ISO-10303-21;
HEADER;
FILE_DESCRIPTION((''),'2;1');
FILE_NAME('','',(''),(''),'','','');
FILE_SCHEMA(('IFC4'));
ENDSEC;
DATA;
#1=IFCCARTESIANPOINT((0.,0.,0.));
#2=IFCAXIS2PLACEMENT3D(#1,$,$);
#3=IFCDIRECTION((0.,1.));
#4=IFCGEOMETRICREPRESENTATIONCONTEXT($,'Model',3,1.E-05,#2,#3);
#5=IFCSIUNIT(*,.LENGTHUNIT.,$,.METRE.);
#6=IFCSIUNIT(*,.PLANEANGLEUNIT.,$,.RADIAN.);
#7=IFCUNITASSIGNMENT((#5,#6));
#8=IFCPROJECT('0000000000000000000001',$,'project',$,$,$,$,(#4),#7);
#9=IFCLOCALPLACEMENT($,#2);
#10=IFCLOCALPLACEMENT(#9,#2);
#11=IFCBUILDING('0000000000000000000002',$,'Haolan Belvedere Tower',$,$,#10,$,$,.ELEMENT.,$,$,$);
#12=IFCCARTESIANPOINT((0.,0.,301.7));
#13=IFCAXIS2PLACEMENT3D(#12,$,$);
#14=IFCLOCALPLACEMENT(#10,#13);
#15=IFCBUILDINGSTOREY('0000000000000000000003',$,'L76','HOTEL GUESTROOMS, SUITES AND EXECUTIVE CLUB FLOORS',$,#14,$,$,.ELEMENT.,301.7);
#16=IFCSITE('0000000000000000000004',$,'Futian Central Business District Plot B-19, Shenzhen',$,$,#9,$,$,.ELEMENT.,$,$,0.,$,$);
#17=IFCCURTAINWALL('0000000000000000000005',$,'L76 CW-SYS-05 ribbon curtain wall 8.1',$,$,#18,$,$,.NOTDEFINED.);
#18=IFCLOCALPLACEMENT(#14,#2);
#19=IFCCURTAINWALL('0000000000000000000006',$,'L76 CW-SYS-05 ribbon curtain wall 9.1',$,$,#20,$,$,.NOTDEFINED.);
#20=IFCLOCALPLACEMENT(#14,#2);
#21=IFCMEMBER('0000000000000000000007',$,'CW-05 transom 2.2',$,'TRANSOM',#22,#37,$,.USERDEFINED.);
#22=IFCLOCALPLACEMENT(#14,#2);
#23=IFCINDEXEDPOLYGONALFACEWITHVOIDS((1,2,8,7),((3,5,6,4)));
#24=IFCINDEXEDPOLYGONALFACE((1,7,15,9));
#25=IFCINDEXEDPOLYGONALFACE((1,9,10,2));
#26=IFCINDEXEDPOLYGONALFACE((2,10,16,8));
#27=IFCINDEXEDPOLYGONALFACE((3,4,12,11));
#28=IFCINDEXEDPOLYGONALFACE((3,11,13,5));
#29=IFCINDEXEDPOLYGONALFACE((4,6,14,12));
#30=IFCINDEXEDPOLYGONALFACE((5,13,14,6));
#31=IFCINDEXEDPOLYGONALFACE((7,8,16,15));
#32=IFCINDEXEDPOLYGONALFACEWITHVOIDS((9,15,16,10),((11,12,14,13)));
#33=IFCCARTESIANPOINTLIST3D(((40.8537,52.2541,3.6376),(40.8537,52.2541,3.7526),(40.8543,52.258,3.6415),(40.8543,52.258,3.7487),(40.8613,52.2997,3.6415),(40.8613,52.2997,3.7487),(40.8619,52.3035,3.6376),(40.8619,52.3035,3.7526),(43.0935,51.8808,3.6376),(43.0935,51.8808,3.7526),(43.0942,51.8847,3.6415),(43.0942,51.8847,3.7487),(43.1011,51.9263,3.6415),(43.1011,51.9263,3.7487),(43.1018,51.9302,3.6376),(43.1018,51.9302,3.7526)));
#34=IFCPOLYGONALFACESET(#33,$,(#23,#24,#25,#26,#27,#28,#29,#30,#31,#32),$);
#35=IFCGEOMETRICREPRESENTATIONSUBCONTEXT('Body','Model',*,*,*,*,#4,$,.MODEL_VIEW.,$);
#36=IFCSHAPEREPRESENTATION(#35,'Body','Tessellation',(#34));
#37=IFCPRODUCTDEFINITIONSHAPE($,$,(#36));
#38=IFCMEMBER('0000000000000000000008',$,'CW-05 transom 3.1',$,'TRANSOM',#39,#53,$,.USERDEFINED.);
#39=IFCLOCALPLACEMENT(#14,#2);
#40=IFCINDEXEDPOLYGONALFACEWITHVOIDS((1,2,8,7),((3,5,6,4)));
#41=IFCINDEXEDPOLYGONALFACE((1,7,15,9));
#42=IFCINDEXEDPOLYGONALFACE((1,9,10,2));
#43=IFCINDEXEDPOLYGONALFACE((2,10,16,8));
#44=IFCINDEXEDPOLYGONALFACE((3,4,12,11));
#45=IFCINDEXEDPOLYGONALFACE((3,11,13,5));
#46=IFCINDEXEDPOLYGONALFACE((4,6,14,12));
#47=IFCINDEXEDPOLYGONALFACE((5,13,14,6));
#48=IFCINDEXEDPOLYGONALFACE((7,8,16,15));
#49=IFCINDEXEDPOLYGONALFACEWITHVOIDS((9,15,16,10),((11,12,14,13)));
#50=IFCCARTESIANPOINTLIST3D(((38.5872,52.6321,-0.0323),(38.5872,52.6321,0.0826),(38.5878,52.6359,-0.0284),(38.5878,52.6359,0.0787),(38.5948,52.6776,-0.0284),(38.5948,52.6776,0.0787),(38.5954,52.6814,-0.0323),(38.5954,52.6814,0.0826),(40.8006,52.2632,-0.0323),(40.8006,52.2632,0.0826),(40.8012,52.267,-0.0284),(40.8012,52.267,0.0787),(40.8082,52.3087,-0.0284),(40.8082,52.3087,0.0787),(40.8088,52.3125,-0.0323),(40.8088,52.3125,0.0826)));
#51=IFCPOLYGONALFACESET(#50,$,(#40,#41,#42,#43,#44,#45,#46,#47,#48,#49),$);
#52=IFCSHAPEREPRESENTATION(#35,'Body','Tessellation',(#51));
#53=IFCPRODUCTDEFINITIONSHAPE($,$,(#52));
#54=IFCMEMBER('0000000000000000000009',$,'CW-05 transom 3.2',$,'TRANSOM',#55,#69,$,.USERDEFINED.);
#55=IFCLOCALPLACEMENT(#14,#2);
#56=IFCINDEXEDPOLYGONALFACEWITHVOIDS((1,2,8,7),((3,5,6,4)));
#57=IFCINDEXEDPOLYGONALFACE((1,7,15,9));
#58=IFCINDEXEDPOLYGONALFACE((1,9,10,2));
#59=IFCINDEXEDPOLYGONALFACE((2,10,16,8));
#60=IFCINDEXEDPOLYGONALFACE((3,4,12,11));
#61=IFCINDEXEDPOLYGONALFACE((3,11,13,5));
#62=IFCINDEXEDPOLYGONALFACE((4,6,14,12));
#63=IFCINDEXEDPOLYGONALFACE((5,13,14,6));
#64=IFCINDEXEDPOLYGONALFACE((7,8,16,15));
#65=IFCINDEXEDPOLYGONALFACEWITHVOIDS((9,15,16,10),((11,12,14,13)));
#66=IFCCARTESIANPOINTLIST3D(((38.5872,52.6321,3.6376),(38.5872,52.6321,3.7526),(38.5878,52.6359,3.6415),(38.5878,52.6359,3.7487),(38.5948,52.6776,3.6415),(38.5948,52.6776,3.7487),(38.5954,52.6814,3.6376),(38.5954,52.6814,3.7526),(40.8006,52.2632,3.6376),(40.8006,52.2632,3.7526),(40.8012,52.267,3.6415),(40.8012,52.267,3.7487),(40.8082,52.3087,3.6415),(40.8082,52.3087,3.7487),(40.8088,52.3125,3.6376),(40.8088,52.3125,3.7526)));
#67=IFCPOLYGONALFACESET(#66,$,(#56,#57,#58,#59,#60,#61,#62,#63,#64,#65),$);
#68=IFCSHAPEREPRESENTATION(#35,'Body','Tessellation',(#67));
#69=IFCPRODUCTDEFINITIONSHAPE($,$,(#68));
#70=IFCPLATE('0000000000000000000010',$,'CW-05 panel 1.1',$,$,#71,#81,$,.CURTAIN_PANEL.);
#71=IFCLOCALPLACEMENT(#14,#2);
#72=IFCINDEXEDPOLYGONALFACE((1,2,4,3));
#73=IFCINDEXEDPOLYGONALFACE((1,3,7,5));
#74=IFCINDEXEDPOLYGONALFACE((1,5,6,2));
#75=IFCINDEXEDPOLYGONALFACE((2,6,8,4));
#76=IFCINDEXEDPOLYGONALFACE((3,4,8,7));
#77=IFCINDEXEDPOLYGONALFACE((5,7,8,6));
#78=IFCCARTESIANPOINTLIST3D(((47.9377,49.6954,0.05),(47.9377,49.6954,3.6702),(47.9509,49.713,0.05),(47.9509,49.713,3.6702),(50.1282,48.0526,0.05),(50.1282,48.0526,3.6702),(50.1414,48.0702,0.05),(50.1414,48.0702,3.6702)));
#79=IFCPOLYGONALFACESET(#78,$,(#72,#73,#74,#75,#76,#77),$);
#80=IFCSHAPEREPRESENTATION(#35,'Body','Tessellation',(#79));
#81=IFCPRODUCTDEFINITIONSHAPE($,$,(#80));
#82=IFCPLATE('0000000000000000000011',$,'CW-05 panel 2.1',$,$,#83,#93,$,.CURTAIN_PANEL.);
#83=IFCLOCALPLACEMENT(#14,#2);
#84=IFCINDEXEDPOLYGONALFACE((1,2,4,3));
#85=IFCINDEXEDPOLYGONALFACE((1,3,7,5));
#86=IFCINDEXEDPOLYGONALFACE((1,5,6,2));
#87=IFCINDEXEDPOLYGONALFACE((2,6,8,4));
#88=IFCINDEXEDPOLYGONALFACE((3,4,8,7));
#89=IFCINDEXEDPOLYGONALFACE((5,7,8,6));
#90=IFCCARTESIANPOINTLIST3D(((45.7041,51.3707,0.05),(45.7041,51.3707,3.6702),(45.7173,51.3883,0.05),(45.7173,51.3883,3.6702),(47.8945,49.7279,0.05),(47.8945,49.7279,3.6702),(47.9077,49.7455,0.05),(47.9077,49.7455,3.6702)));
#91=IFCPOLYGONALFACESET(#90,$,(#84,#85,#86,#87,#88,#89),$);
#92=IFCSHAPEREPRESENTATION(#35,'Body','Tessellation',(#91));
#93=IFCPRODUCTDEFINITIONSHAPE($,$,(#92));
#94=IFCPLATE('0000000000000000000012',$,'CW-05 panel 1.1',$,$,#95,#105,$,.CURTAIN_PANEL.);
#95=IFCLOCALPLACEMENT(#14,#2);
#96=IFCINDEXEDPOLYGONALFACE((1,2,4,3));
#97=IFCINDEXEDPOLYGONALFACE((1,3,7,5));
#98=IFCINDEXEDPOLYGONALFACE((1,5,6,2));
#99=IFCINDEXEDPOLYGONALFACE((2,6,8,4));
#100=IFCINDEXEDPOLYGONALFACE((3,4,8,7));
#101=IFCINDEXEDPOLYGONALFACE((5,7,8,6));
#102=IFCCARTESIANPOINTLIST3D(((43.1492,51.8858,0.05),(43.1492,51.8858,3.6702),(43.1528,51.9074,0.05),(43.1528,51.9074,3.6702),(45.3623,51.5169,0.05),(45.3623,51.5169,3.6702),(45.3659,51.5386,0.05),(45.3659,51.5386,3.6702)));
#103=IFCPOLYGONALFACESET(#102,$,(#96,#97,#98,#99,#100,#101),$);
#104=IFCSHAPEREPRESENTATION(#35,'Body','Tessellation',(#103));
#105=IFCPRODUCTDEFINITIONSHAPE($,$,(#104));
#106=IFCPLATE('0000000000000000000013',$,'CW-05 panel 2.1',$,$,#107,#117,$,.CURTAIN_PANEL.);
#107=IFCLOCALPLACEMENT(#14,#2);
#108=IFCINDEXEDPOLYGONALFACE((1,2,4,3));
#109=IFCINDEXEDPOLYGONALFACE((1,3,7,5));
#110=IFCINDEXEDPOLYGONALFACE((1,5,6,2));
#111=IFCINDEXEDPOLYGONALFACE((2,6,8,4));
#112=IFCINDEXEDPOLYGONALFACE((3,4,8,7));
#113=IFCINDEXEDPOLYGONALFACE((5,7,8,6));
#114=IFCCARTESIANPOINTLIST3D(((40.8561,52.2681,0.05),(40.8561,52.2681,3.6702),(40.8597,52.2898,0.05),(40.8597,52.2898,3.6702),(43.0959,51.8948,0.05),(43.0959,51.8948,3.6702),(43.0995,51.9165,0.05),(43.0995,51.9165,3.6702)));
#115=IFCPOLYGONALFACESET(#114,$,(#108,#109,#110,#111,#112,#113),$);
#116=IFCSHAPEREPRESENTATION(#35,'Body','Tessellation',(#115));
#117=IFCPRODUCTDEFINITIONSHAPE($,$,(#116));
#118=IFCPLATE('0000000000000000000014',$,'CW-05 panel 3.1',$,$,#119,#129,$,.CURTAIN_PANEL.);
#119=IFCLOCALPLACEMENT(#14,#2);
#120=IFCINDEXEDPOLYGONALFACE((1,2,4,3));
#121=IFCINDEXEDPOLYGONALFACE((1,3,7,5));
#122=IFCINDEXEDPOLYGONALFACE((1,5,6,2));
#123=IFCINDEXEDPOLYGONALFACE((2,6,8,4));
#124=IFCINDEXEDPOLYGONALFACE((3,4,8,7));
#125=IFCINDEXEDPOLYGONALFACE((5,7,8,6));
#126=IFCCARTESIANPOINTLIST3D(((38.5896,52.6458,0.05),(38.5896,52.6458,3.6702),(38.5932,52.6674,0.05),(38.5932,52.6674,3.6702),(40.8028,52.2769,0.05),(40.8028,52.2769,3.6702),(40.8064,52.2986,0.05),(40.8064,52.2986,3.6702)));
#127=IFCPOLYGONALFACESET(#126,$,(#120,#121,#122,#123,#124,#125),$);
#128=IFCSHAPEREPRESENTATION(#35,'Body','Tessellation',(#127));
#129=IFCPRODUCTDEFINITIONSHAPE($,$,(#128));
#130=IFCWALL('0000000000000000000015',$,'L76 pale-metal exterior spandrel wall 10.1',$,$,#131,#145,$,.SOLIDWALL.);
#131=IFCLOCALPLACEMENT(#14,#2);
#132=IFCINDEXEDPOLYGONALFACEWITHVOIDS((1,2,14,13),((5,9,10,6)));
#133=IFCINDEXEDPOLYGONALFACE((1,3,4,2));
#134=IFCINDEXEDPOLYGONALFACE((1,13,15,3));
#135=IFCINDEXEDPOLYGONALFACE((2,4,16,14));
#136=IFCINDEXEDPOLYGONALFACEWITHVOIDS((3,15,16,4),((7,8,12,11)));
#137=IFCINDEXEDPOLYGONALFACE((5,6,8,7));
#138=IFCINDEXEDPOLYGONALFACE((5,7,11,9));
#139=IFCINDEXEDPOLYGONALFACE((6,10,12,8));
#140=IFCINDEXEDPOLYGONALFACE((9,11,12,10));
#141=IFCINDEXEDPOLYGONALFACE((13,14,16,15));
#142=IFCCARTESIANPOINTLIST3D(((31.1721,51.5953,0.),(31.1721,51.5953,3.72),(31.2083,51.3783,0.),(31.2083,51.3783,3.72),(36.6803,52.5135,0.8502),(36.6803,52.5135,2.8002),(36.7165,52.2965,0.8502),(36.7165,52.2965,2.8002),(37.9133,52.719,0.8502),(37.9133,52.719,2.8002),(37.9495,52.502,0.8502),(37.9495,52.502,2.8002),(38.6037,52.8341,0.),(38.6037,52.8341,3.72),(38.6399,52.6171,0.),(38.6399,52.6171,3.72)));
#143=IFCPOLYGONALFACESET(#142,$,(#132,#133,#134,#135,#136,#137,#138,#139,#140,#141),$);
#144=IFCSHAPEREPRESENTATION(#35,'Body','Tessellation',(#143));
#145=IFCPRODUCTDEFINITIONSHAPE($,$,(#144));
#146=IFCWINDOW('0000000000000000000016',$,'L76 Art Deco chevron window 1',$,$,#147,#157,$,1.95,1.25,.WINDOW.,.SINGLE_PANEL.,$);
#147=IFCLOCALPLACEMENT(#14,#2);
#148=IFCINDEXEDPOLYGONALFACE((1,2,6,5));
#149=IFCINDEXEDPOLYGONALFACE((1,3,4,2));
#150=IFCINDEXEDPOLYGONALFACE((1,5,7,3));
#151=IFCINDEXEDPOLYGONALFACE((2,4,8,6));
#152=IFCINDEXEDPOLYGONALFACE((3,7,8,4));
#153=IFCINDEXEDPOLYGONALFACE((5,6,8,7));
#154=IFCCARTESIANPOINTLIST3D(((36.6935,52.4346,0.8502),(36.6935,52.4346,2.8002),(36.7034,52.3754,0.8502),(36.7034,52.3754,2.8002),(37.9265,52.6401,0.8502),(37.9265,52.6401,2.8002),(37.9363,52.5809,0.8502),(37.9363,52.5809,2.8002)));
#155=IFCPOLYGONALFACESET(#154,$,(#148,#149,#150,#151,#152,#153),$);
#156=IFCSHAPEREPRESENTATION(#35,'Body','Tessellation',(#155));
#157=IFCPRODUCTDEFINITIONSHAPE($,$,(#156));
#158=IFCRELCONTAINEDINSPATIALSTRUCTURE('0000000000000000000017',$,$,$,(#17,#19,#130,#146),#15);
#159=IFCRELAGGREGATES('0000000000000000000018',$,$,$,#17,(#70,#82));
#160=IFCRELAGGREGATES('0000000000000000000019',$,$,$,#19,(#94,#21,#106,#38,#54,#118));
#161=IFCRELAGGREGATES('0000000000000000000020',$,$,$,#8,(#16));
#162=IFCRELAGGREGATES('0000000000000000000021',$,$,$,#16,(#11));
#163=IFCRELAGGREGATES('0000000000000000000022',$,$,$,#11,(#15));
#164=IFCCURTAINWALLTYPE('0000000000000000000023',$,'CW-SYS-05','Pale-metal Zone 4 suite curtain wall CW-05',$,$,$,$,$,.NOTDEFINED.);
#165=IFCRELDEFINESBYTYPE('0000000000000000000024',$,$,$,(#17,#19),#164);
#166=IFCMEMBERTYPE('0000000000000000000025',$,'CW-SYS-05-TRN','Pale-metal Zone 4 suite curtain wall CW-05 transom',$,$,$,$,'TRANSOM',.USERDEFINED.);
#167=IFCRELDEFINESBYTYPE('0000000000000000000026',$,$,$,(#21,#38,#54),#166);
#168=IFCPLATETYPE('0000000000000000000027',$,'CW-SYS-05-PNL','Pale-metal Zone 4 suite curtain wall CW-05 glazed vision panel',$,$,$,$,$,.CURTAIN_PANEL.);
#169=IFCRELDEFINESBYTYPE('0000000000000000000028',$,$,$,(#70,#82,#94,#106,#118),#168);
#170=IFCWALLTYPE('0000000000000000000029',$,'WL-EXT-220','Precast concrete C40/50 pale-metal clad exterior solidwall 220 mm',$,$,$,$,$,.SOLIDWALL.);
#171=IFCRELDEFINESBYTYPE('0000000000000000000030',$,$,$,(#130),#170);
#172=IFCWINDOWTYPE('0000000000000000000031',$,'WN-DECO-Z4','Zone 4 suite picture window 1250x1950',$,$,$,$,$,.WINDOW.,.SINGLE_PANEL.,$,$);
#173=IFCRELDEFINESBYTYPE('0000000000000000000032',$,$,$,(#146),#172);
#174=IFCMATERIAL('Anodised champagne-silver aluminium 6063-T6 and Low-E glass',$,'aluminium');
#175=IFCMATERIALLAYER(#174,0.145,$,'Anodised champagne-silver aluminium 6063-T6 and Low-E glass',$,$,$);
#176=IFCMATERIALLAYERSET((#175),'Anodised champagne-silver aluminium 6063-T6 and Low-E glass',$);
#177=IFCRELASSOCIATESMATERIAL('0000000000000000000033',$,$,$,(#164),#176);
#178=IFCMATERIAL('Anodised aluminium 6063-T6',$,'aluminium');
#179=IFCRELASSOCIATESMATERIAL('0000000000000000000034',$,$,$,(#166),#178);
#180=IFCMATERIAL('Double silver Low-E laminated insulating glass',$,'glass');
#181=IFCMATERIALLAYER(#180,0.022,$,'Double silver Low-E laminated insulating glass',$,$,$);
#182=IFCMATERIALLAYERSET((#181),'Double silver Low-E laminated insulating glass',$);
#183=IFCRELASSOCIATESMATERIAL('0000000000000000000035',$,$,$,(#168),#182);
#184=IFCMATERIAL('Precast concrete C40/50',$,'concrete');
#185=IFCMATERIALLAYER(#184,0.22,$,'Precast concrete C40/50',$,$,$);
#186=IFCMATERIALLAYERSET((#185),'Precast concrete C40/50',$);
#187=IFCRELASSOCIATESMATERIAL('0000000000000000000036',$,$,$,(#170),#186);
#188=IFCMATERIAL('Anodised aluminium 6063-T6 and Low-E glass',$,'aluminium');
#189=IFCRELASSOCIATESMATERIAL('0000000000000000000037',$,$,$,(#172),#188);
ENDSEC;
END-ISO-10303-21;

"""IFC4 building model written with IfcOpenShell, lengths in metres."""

from ifc_helpers import new_model, si_unit, direction, frame, frame_2d, origin, origin_2d, place, context, subcontext, project, spatial, rectangle, hollow_rectangle, extrude, material, layer, layer_set, material_profile, profile_set, type_object, element, fill, aggregate, save


model = new_model("IFC4")

# Units and contexts
model_context = context("Model", 3, precision=1e-05, world=origin(), true_north=direction((0.0, 1.0)))
body_context = subcontext(model_context, "Body", "Model", "MODEL_VIEW")
ifc_project = project(units=[si_unit("LENGTHUNIT", "METRE"), si_unit("PLANEANGLEUNIT", "RADIAN")], contexts=[model_context])

# Site, building, storey
site_placement = place(None, origin())
site = spatial("IfcSite", under=ifc_project, at=site_placement, Name="Futian Central Business District Plot B-19, Shenzhen", CompositionType="ELEMENT", RefElevation=0.0)
building_placement = place(site_placement, origin())
building = spatial("IfcBuilding", under=site, at=building_placement, Name="Haolan Belvedere Tower", CompositionType="ELEMENT")
storey_placement = place(building_placement, frame((0.0, 0.0, 301.7)))
storey = spatial("IfcBuildingStorey", under=building, at=storey_placement, Name="L76", Description="HOTEL GUESTROOMS, SUITES AND EXECUTIVE CLUB FLOORS", CompositionType="ELEMENT", Elevation=301.7)

# Curtain walls
ifc_material_1 = material(Name="Anodised champagne-silver aluminium 6063-T6 and Low-E glass", Category="aluminium")
ifc_layer_1 = layer(ifc_material_1, 0.145, Name="Anodised champagne-silver aluminium 6063-T6 and Low-E glass")
ifc_layer_set_1 = layer_set([ifc_layer_1], Name="Anodised champagne-silver aluminium 6063-T6 and Low-E glass")
curtain_wall_type = type_object("IfcCurtainWallType", Name="CW-SYS-05", Description="Pale-metal Zone 4 suite curtain wall CW-05", PredefinedType="NOTDEFINED", material=ifc_layer_set_1)
curtain_wall_1_placement = place(storey_placement, origin())
curtain_wall_1 = element("IfcCurtainWall", 1, at=curtain_wall_1_placement, inside=storey, type_object=curtain_wall_type, Name="L76 CW-SYS-05 ribbon curtain wall 8.1", PredefinedType="NOTDEFINED")
ifc_material_2 = material(Name="Anodised aluminium 6063-T6", Category="aluminium")
curtain_wall_2_placement = place(storey_placement, origin())
curtain_wall_2 = element("IfcCurtainWall", 2, at=curtain_wall_2_placement, inside=storey, type_object=curtain_wall_type, Name="L76 CW-SYS-05 ribbon curtain wall 9.1", PredefinedType="NOTDEFINED")

# Members
ifc_material_profile_1 = material_profile(ifc_material_2, hollow_rectangle(XDim=0.05, YDim=0.115, WallThickness=0.0039, at=origin_2d()), Name="Anodised aluminium 6063-T6")
ifc_profile_set_1 = profile_set([ifc_material_profile_1], Name="Anodised aluminium 6063-T6")
member_type_1 = type_object("IfcMemberType", Name="CW-SYS-05-TRN", Description="Pale-metal Zone 4 suite curtain wall CW-05 transom", ElementType="TRANSOM", PredefinedType="USERDEFINED", material=ifc_profile_set_1)
member_1_placement = place(storey_placement, frame((43.0977, 51.9055, 3.6951), z_axis=(-0.986394, 0.164399, 0.0), x_axis=(-0.164399, -0.986394, 0.0)))
member_1 = element("IfcMember", 3, at=member_1_placement, type_object=member_type_1, Name="CW-05 transom 2.2", ObjectType="TRANSOM", PredefinedType="USERDEFINED", context=body_context, shape_type="SweptSolid", body=[
    extrude(hollow_rectangle(XDim=0.05, YDim=0.115, WallThickness=0.0039, at=origin_2d()), origin(), (0.0, 0.0, 1.0), 2.2708),
])
member_2_placement = place(storey_placement, frame((40.8047, 52.2878, 0.0251), z_axis=(-0.986394, 0.164399, 0.0), x_axis=(-0.164399, -0.986394, 0.0)))
member_2 = element("IfcMember", 4, at=member_2_placement, type_object=member_type_1, Name="CW-05 transom 3.1", ObjectType="TRANSOM", PredefinedType="USERDEFINED", context=body_context, shape_type="SweptSolid", body=[
    extrude(hollow_rectangle(XDim=0.05, YDim=0.115, WallThickness=0.0039, at=origin_2d()), origin(), (0.0, 0.0, 1.0), 2.2439),
])
member_3_placement = place(storey_placement, frame((40.8047, 52.2878, 3.6951), z_axis=(-0.986394, 0.164399, 0.0), x_axis=(-0.164399, -0.986394, 0.0)))
member_3 = element("IfcMember", 5, at=member_3_placement, type_object=member_type_1, Name="CW-05 transom 3.2", ObjectType="TRANSOM", PredefinedType="USERDEFINED", context=body_context, shape_type="SweptSolid", body=[
    extrude(hollow_rectangle(XDim=0.05, YDim=0.115, WallThickness=0.0039, at=origin_2d()), origin(), (0.0, 0.0, 1.0), 2.2439),
])

# Plates
ifc_material_3 = material(Name="Double silver Low-E laminated insulating glass", Category="glass")
ifc_layer_2 = layer(ifc_material_3, 0.022, Name="Double silver Low-E laminated insulating glass")
ifc_layer_set_2 = layer_set([ifc_layer_2], Name="Double silver Low-E laminated insulating glass")
plate_type = type_object("IfcPlateType", Name="CW-SYS-05-PNL", Description="Pale-metal Zone 4 suite curtain wall CW-05 glazed vision panel", PredefinedType="CURTAIN_PANEL", material=ifc_layer_set_2)
plate_1_placement = place(storey_placement, frame((49.0396, 48.8828, 0.05), z_axis=(0.0, 0.0, 1.0), x_axis=(-0.799998, 0.600003, 0.0)))
plate_1 = element("IfcPlate", 6, at=plate_1_placement, type_object=plate_type, Name="CW-05 panel 1.1", PredefinedType="CURTAIN_PANEL", context=body_context, shape_type="SweptSolid", body=[
    extrude(rectangle(XDim=2.738, YDim=0.022, at=origin_2d()), origin(), (0.0, 0.0, 1.0), 3.6201),
])
plate_2_placement = place(storey_placement, frame((46.8059, 50.5581, 0.05), z_axis=(0.0, 0.0, 1.0), x_axis=(-0.799998, 0.600003, 0.0)))
plate_2 = element("IfcPlate", 7, at=plate_2_placement, type_object=plate_type, Name="CW-05 panel 2.1", PredefinedType="CURTAIN_PANEL", context=body_context, shape_type="SweptSolid", body=[
    extrude(rectangle(XDim=2.738, YDim=0.022, at=origin_2d()), origin(), (0.0, 0.0, 1.0), 3.6201),
])
aggregate(curtain_wall_1, [plate_1, plate_2])
plate_3_placement = place(storey_placement, frame((44.2576, 51.7122, 0.05), z_axis=(0.0, 0.0, 1.0), x_axis=(-0.986393, 0.164406, 0.0)))
plate_3 = element("IfcPlate", 8, at=plate_3_placement, type_object=plate_type, Name="CW-05 panel 1.1", PredefinedType="CURTAIN_PANEL", context=body_context, shape_type="SweptSolid", body=[
    extrude(rectangle(XDim=2.2437, YDim=0.022, at=origin_2d()), origin(), (0.0, 0.0, 1.0), 3.6201),
])
plate_4_placement = place(storey_placement, frame((41.9778, 52.0923, 0.05), z_axis=(0.0, 0.0, 1.0), x_axis=(-0.986393, 0.164406, 0.0)))
plate_4 = element("IfcPlate", 9, at=plate_4_placement, type_object=plate_type, Name="CW-05 panel 2.1", PredefinedType="CURTAIN_PANEL", context=body_context, shape_type="SweptSolid", body=[
    extrude(rectangle(XDim=2.2708, YDim=0.022, at=origin_2d()), origin(), (0.0, 0.0, 1.0), 3.6201),
])
plate_5_placement = place(storey_placement, frame((39.698, 52.4722, 0.05), z_axis=(0.0, 0.0, 1.0), x_axis=(-0.986393, 0.164406, 0.0)))
plate_5 = element("IfcPlate", 10, at=plate_5_placement, type_object=plate_type, Name="CW-05 panel 3.1", PredefinedType="CURTAIN_PANEL", context=body_context, shape_type="SweptSolid", body=[
    extrude(rectangle(XDim=2.2437, YDim=0.022, at=origin_2d()), origin(), (0.0, 0.0, 1.0), 3.6201),
])
aggregate(curtain_wall_2, [plate_3, member_1, plate_4, member_2, member_3, plate_5])

# Wall, opening, window
ifc_material_4 = material(Name="Precast concrete C40/50", Category="concrete")
ifc_layer_3 = layer(ifc_material_4, 0.22, Name="Precast concrete C40/50")
ifc_layer_set_3 = layer_set([ifc_layer_3], Name="Precast concrete C40/50")
wall_type = type_object("IfcWallType", Name="WL-EXT-220", Description="Precast concrete C40/50 pale-metal clad exterior solidwall 220 mm", PredefinedType="SOLIDWALL", material=ifc_layer_set_3)
wall_placement = place(storey_placement, frame((38.6218, 52.7256, 0.0), z_axis=(0.0, 0.0, 1.0), x_axis=(-0.98639, -0.16442, 0.0)))
wall = element("IfcWall", 11, at=wall_placement, inside=storey, type_object=wall_type, Name="L76 pale-metal exterior spandrel wall 10.1", PredefinedType="SOLIDWALL", context=body_context, shape_type="SweptSolid", body=[
    extrude(rectangle(XDim=7.5342, YDim=0.22, at=frame_2d((3.7671, 0.0))), origin(), (0.0, 0.0, 1.0), 3.72),
])
opening_placement = place(wall_placement, frame((0.7, 0.0, 0.8501)))
opening = element("IfcOpeningElement", 12, at=opening_placement, cuts=wall, PredefinedType="OPENING", context=body_context, shape_type="SweptSolid", body=[
    extrude(rectangle(XDim=1.25, YDim=1.95, at=frame_2d((0.625, 0.9751))), frame((0.0, 0.1199, 0.0), z_axis=(0.0, -1.0, 0.0), x_axis=(1.0, 0.0, 0.0)), (0.0, 0.0, 1.0), 0.24),
])
ifc_material_5 = material(Name="Anodised aluminium 6063-T6 and Low-E glass", Category="aluminium")
window_type = type_object("IfcWindowType", Name="WN-DECO-Z4", Description="Zone 4 suite picture window 1250x1950", PartitioningType="SINGLE_PANEL", PredefinedType="WINDOW", material=ifc_material_5)
window_placement = place(opening_placement, origin())
window = element("IfcWindow", 13, at=window_placement, inside=storey, type_object=window_type, Name="L76 Art Deco chevron window 1", OverallHeight=1.95, OverallWidth=1.25, PartitioningType="SINGLE_PANEL", PredefinedType="WINDOW", context=body_context, shape_type="SweptSolid", body=[
    extrude(rectangle(XDim=1.25, YDim=1.95, at=frame_2d((0.625, 0.9751))), frame((0.0, 0.03, 0.0), z_axis=(0.0, -1.0, 0.0), x_axis=(1.0, 0.0, 0.0)), (0.0, 0.0, 1.0), 0.0601),
])
fill(opening, window)

save(model, "model.ifc")
